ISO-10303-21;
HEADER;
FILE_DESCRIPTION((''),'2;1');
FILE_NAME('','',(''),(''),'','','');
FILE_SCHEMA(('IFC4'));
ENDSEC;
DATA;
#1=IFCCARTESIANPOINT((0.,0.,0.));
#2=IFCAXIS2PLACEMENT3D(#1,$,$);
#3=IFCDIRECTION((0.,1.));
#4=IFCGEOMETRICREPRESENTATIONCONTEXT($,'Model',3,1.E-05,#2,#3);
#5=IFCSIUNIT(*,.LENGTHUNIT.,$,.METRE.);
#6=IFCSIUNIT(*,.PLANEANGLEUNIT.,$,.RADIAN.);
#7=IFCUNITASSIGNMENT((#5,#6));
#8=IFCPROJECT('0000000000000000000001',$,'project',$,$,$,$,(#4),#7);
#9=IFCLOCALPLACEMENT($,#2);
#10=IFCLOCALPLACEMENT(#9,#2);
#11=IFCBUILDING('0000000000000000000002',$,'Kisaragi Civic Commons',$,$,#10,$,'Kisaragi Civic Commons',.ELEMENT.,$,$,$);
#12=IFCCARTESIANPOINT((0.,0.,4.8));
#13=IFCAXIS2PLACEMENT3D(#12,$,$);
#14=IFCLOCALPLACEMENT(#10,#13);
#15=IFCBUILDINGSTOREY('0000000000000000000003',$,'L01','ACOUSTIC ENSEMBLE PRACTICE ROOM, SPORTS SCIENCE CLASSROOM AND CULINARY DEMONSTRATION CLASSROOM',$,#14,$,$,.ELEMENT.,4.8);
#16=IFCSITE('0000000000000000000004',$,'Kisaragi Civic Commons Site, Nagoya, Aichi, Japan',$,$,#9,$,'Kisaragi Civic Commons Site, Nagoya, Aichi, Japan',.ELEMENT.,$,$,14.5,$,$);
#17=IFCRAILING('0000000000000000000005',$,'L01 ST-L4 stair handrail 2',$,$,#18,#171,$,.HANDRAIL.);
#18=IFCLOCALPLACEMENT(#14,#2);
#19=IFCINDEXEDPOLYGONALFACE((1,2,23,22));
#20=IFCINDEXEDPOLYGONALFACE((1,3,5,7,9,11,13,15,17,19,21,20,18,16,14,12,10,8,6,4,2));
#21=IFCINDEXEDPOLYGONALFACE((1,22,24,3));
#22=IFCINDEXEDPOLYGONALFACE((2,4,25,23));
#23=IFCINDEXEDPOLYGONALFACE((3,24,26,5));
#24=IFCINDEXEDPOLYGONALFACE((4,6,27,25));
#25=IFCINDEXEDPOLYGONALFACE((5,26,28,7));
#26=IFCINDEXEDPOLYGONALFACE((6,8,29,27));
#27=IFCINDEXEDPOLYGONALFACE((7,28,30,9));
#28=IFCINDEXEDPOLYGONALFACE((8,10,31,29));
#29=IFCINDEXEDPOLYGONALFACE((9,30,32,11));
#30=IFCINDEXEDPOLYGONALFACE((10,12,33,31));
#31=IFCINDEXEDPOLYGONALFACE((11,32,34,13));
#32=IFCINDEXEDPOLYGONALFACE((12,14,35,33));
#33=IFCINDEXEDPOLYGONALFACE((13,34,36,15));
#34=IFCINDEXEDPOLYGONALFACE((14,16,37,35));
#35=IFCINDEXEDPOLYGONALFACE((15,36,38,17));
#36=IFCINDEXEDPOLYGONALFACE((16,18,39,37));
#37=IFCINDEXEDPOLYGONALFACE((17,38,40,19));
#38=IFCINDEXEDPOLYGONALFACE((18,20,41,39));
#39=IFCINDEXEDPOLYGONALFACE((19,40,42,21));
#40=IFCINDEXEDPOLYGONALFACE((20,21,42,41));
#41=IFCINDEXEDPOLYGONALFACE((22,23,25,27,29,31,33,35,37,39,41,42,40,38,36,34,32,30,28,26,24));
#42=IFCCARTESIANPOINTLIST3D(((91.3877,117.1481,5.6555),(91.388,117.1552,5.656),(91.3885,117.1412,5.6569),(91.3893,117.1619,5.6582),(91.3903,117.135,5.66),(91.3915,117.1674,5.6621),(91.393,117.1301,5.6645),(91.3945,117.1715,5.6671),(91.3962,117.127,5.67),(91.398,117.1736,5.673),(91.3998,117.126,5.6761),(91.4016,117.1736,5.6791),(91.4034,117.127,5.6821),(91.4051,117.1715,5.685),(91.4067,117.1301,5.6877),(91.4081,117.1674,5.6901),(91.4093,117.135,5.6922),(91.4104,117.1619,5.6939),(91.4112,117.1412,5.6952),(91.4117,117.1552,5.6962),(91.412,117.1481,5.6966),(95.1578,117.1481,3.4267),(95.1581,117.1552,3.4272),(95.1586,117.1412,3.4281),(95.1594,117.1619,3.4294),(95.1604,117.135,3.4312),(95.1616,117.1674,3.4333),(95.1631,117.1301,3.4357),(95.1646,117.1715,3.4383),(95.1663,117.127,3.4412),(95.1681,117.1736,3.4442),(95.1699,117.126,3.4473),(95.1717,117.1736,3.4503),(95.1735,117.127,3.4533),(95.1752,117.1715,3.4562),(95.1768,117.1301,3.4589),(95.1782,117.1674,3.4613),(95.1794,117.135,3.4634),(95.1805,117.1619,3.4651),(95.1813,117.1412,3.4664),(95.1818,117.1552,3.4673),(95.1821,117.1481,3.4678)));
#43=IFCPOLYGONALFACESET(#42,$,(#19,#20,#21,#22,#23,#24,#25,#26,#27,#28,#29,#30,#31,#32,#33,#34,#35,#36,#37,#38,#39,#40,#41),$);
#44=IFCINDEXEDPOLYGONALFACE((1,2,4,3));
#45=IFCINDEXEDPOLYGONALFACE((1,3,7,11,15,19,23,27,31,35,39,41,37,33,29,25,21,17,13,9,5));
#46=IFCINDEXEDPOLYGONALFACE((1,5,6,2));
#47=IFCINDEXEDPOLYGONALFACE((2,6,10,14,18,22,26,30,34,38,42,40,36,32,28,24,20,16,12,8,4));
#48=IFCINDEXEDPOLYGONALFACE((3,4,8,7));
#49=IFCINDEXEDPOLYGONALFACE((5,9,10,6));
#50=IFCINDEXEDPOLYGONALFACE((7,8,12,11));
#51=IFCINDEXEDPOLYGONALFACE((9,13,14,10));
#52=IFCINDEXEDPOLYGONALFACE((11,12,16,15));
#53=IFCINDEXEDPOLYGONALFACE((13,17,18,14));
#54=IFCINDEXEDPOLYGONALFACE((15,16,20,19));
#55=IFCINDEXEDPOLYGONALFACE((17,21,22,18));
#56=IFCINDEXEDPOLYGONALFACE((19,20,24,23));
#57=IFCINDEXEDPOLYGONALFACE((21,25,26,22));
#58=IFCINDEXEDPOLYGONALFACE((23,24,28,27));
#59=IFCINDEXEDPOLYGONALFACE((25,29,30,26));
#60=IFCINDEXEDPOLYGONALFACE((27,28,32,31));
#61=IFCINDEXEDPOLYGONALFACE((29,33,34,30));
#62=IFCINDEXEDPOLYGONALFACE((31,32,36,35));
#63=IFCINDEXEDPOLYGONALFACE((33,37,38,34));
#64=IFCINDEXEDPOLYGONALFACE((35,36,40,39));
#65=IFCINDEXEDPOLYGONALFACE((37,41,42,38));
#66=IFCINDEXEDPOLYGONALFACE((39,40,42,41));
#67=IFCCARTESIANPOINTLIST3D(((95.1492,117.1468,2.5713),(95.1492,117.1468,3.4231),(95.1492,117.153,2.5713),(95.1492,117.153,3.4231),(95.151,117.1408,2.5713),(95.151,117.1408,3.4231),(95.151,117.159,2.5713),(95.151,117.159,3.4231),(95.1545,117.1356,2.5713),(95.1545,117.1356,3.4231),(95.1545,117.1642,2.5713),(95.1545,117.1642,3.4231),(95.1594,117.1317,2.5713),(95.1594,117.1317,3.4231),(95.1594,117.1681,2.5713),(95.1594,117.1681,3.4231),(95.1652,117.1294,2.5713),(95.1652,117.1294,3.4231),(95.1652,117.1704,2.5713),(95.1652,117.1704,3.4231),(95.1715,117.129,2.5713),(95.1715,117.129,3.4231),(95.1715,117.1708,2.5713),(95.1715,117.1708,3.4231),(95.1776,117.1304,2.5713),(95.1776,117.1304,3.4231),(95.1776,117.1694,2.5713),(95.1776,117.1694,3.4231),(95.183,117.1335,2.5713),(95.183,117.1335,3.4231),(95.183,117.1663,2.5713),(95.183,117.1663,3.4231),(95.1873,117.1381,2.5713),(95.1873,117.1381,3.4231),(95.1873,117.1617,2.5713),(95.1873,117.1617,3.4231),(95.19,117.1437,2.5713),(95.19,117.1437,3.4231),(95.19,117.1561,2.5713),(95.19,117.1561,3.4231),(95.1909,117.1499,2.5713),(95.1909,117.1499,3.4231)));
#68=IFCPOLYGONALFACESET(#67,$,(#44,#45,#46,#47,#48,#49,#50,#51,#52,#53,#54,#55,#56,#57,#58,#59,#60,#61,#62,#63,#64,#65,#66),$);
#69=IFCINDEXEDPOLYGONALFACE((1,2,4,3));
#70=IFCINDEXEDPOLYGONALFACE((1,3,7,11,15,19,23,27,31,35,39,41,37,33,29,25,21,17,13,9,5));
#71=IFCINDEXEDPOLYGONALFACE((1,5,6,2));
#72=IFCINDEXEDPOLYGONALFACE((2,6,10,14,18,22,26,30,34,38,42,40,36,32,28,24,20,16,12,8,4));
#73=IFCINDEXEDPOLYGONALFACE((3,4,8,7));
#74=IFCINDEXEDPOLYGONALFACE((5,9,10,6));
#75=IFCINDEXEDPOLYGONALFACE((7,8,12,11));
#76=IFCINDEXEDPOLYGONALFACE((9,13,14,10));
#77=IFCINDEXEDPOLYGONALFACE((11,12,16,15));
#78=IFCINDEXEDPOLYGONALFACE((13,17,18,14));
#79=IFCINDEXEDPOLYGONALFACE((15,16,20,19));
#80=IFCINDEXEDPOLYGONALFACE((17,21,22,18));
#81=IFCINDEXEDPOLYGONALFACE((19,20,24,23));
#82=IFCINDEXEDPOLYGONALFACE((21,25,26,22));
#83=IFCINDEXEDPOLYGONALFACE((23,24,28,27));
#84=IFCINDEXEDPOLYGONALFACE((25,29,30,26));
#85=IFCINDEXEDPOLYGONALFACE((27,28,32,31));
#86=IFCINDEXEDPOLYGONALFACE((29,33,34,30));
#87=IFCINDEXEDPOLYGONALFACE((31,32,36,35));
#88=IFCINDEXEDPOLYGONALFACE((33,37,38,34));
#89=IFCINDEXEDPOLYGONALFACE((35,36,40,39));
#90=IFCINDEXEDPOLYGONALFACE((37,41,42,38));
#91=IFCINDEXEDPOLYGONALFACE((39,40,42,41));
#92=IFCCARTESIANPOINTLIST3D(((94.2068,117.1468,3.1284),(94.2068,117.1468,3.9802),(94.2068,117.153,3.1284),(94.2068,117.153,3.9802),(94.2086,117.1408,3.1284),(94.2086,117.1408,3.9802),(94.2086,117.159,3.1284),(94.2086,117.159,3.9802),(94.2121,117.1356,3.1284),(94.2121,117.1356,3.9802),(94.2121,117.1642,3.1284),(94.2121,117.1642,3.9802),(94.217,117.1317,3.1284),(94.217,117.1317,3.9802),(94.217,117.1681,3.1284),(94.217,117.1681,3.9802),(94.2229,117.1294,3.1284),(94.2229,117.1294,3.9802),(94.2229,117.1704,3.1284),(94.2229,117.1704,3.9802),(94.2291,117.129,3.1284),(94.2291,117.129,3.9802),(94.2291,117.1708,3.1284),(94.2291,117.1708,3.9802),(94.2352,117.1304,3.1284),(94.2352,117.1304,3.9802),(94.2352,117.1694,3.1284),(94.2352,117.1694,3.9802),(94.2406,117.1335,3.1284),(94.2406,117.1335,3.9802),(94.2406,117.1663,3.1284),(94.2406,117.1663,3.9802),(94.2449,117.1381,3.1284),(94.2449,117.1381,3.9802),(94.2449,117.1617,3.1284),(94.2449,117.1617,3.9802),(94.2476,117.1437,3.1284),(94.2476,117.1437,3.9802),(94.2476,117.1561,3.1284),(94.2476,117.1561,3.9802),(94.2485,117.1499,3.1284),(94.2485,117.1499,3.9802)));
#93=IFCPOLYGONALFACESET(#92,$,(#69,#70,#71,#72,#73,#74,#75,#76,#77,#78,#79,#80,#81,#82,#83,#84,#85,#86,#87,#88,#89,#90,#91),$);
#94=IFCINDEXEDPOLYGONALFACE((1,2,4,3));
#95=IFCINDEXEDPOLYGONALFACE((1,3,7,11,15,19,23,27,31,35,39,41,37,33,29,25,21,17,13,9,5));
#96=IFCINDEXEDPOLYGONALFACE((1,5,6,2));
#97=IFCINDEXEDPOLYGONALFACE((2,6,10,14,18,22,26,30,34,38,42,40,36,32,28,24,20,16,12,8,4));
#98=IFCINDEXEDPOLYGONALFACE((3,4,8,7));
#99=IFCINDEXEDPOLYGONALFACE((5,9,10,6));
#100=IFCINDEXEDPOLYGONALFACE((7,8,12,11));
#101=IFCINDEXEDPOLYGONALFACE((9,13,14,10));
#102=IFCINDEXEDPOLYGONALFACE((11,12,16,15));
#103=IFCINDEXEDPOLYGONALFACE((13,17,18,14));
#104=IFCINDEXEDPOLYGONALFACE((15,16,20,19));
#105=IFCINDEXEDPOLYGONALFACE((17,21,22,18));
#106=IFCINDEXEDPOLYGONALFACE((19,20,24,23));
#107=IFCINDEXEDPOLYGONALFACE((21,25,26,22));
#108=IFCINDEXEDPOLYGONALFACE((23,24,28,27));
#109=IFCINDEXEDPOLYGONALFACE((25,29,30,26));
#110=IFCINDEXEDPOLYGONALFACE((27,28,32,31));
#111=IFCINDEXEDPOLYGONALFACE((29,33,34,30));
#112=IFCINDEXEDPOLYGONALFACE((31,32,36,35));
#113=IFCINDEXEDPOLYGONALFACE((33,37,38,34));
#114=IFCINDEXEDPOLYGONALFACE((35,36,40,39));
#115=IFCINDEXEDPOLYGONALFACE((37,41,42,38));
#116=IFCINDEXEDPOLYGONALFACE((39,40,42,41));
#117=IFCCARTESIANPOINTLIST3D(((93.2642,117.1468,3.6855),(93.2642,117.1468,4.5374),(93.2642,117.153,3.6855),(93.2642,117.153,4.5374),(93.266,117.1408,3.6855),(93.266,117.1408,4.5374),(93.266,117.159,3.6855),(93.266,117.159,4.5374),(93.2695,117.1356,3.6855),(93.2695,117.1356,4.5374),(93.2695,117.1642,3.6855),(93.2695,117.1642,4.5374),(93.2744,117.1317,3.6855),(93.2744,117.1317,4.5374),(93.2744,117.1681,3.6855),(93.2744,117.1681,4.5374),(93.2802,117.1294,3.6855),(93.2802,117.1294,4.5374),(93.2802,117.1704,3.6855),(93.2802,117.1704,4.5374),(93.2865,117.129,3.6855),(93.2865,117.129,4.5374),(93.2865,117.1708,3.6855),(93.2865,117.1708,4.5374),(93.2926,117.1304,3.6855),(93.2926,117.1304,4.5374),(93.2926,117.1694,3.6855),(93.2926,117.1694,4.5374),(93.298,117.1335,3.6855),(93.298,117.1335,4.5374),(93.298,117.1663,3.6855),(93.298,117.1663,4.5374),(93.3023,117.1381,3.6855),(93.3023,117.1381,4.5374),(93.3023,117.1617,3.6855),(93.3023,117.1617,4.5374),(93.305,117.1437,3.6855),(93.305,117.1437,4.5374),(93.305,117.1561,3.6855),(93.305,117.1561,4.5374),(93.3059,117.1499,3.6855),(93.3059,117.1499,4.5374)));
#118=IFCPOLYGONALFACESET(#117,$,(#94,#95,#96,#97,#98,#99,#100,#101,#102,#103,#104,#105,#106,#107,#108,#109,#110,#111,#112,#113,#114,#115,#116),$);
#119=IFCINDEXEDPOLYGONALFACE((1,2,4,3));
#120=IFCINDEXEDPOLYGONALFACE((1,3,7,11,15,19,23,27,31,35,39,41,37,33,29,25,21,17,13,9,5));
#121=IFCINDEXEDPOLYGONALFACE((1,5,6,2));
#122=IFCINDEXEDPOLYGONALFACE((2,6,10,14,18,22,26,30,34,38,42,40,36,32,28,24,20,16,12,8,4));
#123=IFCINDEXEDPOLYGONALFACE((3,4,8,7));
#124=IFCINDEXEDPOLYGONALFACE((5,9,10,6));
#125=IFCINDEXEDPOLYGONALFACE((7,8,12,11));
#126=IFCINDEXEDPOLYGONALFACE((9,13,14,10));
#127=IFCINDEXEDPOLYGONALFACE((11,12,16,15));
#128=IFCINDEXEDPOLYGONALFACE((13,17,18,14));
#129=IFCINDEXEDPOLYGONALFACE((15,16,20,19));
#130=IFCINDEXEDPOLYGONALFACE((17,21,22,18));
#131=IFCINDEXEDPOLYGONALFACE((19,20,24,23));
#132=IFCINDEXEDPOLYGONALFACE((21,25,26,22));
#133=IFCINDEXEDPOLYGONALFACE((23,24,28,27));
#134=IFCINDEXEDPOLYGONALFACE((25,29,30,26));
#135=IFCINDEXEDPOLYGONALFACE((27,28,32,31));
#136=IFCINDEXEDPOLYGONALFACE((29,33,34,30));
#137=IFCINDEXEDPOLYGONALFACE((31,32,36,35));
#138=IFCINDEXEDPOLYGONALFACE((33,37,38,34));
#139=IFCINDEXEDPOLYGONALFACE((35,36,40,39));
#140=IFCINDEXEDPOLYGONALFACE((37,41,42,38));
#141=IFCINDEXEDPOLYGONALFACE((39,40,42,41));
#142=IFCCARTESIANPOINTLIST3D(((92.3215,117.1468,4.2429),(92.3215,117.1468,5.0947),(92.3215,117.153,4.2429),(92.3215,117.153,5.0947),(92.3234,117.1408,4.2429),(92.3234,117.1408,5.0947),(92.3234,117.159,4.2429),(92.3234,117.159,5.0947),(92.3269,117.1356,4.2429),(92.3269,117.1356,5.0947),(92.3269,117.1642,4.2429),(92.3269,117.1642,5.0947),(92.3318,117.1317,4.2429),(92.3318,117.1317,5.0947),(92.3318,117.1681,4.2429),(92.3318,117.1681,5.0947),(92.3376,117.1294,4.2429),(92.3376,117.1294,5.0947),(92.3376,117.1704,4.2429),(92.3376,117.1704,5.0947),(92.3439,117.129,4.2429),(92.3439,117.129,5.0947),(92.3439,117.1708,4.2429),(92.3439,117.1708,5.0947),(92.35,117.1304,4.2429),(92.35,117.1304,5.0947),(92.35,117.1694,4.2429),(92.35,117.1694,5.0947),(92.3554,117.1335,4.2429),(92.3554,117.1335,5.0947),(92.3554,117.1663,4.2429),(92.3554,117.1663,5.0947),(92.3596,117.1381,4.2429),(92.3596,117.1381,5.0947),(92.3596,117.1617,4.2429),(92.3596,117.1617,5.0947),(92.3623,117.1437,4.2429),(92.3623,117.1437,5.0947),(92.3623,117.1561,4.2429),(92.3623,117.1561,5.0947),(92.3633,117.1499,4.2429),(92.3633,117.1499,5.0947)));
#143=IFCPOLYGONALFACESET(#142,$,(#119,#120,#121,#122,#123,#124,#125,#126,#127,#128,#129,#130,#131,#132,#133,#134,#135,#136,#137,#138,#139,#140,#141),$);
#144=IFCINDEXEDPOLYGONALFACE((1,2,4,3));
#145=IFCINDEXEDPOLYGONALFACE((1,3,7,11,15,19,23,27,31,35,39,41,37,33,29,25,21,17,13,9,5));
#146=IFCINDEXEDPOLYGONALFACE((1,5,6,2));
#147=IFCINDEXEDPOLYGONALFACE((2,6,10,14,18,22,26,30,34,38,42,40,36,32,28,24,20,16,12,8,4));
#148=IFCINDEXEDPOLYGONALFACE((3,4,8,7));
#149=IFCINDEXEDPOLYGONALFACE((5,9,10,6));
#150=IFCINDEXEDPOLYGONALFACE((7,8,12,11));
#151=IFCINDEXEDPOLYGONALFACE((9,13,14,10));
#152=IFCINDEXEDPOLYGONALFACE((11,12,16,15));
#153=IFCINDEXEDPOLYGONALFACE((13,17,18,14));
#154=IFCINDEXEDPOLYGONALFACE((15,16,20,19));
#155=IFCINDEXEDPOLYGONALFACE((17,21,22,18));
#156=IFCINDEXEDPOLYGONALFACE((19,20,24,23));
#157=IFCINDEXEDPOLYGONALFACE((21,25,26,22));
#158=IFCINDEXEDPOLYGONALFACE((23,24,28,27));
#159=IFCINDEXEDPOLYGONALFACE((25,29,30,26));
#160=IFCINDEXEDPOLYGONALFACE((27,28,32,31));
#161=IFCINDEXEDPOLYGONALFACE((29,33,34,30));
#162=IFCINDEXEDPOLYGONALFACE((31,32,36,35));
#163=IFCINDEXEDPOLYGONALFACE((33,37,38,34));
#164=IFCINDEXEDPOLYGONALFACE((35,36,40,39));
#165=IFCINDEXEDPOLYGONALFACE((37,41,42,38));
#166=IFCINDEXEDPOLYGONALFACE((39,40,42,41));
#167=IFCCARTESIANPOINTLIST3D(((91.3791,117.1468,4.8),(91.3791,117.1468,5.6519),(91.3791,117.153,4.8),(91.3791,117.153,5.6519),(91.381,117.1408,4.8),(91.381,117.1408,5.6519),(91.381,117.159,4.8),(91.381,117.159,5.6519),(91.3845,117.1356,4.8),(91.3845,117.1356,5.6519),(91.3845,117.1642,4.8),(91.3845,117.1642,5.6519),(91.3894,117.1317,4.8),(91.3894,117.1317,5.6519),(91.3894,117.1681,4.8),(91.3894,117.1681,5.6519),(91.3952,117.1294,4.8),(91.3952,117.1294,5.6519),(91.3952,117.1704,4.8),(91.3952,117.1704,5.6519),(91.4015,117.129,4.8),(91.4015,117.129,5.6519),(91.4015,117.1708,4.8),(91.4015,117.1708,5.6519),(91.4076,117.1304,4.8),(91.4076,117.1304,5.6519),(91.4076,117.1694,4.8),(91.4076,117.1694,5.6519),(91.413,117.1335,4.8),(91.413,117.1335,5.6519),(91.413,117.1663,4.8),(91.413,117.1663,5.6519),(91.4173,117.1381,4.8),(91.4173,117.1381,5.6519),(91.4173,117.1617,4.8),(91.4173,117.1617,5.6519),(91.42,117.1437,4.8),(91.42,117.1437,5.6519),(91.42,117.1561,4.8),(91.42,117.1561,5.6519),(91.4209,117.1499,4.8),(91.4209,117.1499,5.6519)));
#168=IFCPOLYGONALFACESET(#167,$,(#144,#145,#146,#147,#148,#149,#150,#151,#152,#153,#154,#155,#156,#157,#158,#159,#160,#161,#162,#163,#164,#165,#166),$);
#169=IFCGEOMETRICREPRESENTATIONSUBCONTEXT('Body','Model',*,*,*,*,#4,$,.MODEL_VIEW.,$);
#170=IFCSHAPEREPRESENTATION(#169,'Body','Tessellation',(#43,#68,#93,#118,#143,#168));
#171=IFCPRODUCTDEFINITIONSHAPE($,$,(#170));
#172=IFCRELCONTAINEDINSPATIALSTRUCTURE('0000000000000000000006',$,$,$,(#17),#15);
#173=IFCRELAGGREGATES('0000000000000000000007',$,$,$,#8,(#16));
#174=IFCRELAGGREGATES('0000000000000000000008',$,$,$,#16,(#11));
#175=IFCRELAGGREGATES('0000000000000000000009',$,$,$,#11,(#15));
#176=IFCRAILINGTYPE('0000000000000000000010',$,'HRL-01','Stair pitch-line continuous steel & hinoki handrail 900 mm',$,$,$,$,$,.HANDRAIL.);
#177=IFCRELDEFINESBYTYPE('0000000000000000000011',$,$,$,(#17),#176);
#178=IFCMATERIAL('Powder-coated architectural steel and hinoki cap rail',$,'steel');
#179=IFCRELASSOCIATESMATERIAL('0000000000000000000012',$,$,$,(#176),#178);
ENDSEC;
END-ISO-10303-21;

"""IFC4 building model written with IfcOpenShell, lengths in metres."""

from ifc_helpers import new_model, si_unit, direction, frame, origin, origin_2d, place, context, subcontext, project, spatial, circle, extrude, material, type_object, element, save


model = new_model("IFC4")

# Units and contexts
model_context = context("Model", 3, precision=1e-05, world=origin(), true_north=direction((0.0, 1.0)))
body_context = subcontext(model_context, "Body", "Model", "MODEL_VIEW")
ifc_project = project(units=[si_unit("LENGTHUNIT", "METRE"), si_unit("PLANEANGLEUNIT", "RADIAN")], contexts=[model_context])

# Site, building, storey
site_placement = place(None, origin())
site = spatial("IfcSite", under=ifc_project, at=site_placement, Name="Kisaragi Civic Commons Site, Nagoya, Aichi, Japan", LongName="Kisaragi Civic Commons Site, Nagoya, Aichi, Japan", CompositionType="ELEMENT", RefElevation=14.5)
building_placement = place(site_placement, origin())
building = spatial("IfcBuilding", under=site, at=building_placement, Name="Kisaragi Civic Commons", LongName="Kisaragi Civic Commons", CompositionType="ELEMENT")
storey_placement = place(building_placement, frame((0.0, 0.0, 4.8)))
storey = spatial("IfcBuildingStorey", under=building, at=storey_placement, Name="L01", Description="ACOUSTIC ENSEMBLE PRACTICE ROOM, SPORTS SCIENCE CLASSROOM AND CULINARY DEMONSTRATION CLASSROOM", CompositionType="ELEMENT", Elevation=4.8)

# Railing
ifc_material_1 = material(Name="Powder-coated architectural steel and hinoki cap rail", Category="steel")
railing_type_1 = type_object("IfcRailingType", Name="HRL-01", Description="Stair pitch-line continuous steel & hinoki handrail 900 mm", PredefinedType="HANDRAIL", material=ifc_material_1)
for number, where, name in (
    (1, (95.1699, 117.1499, 2.5713), "L01 ST-L4 stair handrail 2"),
):
    element("IfcRailing", number, at=place(storey_placement, frame(where)), inside=storey, type_object=railing_type_1, Name=name, PredefinedType="HANDRAIL", context=body_context, shape_type="SweptSolid", body=[
        extrude(circle(Radius=0.0239, at=origin_2d()), frame((0.0, 0.0, 0.876), z_axis=(-0.860824, 0.0, 0.508902), x_axis=(0.0, -1.0, 0.0)), (0.0, 0.0, 1.0), 4.3796),
        extrude(circle(Radius=0.021, at=origin_2d()), origin(), (0.0, 0.0, 1.0), 0.8518),
        extrude(circle(Radius=0.021, at=origin_2d()), frame((-0.9424, 0.0, 0.5571)), (0.0, 0.0, 1.0), 0.8518),
        extrude(circle(Radius=0.021, at=origin_2d()), frame((-1.885, 0.0, 1.1143)), (0.0, 0.0, 1.0), 0.8518),
        extrude(circle(Radius=0.021, at=origin_2d()), frame((-2.8276, 0.0, 1.6716)), (0.0, 0.0, 1.0), 0.8518),
        extrude(circle(Radius=0.021, at=origin_2d()), frame((-3.77, 0.0, 2.2288)), (0.0, 0.0, 1.0), 0.8518),
    ])

save(model, "model.ifc")
